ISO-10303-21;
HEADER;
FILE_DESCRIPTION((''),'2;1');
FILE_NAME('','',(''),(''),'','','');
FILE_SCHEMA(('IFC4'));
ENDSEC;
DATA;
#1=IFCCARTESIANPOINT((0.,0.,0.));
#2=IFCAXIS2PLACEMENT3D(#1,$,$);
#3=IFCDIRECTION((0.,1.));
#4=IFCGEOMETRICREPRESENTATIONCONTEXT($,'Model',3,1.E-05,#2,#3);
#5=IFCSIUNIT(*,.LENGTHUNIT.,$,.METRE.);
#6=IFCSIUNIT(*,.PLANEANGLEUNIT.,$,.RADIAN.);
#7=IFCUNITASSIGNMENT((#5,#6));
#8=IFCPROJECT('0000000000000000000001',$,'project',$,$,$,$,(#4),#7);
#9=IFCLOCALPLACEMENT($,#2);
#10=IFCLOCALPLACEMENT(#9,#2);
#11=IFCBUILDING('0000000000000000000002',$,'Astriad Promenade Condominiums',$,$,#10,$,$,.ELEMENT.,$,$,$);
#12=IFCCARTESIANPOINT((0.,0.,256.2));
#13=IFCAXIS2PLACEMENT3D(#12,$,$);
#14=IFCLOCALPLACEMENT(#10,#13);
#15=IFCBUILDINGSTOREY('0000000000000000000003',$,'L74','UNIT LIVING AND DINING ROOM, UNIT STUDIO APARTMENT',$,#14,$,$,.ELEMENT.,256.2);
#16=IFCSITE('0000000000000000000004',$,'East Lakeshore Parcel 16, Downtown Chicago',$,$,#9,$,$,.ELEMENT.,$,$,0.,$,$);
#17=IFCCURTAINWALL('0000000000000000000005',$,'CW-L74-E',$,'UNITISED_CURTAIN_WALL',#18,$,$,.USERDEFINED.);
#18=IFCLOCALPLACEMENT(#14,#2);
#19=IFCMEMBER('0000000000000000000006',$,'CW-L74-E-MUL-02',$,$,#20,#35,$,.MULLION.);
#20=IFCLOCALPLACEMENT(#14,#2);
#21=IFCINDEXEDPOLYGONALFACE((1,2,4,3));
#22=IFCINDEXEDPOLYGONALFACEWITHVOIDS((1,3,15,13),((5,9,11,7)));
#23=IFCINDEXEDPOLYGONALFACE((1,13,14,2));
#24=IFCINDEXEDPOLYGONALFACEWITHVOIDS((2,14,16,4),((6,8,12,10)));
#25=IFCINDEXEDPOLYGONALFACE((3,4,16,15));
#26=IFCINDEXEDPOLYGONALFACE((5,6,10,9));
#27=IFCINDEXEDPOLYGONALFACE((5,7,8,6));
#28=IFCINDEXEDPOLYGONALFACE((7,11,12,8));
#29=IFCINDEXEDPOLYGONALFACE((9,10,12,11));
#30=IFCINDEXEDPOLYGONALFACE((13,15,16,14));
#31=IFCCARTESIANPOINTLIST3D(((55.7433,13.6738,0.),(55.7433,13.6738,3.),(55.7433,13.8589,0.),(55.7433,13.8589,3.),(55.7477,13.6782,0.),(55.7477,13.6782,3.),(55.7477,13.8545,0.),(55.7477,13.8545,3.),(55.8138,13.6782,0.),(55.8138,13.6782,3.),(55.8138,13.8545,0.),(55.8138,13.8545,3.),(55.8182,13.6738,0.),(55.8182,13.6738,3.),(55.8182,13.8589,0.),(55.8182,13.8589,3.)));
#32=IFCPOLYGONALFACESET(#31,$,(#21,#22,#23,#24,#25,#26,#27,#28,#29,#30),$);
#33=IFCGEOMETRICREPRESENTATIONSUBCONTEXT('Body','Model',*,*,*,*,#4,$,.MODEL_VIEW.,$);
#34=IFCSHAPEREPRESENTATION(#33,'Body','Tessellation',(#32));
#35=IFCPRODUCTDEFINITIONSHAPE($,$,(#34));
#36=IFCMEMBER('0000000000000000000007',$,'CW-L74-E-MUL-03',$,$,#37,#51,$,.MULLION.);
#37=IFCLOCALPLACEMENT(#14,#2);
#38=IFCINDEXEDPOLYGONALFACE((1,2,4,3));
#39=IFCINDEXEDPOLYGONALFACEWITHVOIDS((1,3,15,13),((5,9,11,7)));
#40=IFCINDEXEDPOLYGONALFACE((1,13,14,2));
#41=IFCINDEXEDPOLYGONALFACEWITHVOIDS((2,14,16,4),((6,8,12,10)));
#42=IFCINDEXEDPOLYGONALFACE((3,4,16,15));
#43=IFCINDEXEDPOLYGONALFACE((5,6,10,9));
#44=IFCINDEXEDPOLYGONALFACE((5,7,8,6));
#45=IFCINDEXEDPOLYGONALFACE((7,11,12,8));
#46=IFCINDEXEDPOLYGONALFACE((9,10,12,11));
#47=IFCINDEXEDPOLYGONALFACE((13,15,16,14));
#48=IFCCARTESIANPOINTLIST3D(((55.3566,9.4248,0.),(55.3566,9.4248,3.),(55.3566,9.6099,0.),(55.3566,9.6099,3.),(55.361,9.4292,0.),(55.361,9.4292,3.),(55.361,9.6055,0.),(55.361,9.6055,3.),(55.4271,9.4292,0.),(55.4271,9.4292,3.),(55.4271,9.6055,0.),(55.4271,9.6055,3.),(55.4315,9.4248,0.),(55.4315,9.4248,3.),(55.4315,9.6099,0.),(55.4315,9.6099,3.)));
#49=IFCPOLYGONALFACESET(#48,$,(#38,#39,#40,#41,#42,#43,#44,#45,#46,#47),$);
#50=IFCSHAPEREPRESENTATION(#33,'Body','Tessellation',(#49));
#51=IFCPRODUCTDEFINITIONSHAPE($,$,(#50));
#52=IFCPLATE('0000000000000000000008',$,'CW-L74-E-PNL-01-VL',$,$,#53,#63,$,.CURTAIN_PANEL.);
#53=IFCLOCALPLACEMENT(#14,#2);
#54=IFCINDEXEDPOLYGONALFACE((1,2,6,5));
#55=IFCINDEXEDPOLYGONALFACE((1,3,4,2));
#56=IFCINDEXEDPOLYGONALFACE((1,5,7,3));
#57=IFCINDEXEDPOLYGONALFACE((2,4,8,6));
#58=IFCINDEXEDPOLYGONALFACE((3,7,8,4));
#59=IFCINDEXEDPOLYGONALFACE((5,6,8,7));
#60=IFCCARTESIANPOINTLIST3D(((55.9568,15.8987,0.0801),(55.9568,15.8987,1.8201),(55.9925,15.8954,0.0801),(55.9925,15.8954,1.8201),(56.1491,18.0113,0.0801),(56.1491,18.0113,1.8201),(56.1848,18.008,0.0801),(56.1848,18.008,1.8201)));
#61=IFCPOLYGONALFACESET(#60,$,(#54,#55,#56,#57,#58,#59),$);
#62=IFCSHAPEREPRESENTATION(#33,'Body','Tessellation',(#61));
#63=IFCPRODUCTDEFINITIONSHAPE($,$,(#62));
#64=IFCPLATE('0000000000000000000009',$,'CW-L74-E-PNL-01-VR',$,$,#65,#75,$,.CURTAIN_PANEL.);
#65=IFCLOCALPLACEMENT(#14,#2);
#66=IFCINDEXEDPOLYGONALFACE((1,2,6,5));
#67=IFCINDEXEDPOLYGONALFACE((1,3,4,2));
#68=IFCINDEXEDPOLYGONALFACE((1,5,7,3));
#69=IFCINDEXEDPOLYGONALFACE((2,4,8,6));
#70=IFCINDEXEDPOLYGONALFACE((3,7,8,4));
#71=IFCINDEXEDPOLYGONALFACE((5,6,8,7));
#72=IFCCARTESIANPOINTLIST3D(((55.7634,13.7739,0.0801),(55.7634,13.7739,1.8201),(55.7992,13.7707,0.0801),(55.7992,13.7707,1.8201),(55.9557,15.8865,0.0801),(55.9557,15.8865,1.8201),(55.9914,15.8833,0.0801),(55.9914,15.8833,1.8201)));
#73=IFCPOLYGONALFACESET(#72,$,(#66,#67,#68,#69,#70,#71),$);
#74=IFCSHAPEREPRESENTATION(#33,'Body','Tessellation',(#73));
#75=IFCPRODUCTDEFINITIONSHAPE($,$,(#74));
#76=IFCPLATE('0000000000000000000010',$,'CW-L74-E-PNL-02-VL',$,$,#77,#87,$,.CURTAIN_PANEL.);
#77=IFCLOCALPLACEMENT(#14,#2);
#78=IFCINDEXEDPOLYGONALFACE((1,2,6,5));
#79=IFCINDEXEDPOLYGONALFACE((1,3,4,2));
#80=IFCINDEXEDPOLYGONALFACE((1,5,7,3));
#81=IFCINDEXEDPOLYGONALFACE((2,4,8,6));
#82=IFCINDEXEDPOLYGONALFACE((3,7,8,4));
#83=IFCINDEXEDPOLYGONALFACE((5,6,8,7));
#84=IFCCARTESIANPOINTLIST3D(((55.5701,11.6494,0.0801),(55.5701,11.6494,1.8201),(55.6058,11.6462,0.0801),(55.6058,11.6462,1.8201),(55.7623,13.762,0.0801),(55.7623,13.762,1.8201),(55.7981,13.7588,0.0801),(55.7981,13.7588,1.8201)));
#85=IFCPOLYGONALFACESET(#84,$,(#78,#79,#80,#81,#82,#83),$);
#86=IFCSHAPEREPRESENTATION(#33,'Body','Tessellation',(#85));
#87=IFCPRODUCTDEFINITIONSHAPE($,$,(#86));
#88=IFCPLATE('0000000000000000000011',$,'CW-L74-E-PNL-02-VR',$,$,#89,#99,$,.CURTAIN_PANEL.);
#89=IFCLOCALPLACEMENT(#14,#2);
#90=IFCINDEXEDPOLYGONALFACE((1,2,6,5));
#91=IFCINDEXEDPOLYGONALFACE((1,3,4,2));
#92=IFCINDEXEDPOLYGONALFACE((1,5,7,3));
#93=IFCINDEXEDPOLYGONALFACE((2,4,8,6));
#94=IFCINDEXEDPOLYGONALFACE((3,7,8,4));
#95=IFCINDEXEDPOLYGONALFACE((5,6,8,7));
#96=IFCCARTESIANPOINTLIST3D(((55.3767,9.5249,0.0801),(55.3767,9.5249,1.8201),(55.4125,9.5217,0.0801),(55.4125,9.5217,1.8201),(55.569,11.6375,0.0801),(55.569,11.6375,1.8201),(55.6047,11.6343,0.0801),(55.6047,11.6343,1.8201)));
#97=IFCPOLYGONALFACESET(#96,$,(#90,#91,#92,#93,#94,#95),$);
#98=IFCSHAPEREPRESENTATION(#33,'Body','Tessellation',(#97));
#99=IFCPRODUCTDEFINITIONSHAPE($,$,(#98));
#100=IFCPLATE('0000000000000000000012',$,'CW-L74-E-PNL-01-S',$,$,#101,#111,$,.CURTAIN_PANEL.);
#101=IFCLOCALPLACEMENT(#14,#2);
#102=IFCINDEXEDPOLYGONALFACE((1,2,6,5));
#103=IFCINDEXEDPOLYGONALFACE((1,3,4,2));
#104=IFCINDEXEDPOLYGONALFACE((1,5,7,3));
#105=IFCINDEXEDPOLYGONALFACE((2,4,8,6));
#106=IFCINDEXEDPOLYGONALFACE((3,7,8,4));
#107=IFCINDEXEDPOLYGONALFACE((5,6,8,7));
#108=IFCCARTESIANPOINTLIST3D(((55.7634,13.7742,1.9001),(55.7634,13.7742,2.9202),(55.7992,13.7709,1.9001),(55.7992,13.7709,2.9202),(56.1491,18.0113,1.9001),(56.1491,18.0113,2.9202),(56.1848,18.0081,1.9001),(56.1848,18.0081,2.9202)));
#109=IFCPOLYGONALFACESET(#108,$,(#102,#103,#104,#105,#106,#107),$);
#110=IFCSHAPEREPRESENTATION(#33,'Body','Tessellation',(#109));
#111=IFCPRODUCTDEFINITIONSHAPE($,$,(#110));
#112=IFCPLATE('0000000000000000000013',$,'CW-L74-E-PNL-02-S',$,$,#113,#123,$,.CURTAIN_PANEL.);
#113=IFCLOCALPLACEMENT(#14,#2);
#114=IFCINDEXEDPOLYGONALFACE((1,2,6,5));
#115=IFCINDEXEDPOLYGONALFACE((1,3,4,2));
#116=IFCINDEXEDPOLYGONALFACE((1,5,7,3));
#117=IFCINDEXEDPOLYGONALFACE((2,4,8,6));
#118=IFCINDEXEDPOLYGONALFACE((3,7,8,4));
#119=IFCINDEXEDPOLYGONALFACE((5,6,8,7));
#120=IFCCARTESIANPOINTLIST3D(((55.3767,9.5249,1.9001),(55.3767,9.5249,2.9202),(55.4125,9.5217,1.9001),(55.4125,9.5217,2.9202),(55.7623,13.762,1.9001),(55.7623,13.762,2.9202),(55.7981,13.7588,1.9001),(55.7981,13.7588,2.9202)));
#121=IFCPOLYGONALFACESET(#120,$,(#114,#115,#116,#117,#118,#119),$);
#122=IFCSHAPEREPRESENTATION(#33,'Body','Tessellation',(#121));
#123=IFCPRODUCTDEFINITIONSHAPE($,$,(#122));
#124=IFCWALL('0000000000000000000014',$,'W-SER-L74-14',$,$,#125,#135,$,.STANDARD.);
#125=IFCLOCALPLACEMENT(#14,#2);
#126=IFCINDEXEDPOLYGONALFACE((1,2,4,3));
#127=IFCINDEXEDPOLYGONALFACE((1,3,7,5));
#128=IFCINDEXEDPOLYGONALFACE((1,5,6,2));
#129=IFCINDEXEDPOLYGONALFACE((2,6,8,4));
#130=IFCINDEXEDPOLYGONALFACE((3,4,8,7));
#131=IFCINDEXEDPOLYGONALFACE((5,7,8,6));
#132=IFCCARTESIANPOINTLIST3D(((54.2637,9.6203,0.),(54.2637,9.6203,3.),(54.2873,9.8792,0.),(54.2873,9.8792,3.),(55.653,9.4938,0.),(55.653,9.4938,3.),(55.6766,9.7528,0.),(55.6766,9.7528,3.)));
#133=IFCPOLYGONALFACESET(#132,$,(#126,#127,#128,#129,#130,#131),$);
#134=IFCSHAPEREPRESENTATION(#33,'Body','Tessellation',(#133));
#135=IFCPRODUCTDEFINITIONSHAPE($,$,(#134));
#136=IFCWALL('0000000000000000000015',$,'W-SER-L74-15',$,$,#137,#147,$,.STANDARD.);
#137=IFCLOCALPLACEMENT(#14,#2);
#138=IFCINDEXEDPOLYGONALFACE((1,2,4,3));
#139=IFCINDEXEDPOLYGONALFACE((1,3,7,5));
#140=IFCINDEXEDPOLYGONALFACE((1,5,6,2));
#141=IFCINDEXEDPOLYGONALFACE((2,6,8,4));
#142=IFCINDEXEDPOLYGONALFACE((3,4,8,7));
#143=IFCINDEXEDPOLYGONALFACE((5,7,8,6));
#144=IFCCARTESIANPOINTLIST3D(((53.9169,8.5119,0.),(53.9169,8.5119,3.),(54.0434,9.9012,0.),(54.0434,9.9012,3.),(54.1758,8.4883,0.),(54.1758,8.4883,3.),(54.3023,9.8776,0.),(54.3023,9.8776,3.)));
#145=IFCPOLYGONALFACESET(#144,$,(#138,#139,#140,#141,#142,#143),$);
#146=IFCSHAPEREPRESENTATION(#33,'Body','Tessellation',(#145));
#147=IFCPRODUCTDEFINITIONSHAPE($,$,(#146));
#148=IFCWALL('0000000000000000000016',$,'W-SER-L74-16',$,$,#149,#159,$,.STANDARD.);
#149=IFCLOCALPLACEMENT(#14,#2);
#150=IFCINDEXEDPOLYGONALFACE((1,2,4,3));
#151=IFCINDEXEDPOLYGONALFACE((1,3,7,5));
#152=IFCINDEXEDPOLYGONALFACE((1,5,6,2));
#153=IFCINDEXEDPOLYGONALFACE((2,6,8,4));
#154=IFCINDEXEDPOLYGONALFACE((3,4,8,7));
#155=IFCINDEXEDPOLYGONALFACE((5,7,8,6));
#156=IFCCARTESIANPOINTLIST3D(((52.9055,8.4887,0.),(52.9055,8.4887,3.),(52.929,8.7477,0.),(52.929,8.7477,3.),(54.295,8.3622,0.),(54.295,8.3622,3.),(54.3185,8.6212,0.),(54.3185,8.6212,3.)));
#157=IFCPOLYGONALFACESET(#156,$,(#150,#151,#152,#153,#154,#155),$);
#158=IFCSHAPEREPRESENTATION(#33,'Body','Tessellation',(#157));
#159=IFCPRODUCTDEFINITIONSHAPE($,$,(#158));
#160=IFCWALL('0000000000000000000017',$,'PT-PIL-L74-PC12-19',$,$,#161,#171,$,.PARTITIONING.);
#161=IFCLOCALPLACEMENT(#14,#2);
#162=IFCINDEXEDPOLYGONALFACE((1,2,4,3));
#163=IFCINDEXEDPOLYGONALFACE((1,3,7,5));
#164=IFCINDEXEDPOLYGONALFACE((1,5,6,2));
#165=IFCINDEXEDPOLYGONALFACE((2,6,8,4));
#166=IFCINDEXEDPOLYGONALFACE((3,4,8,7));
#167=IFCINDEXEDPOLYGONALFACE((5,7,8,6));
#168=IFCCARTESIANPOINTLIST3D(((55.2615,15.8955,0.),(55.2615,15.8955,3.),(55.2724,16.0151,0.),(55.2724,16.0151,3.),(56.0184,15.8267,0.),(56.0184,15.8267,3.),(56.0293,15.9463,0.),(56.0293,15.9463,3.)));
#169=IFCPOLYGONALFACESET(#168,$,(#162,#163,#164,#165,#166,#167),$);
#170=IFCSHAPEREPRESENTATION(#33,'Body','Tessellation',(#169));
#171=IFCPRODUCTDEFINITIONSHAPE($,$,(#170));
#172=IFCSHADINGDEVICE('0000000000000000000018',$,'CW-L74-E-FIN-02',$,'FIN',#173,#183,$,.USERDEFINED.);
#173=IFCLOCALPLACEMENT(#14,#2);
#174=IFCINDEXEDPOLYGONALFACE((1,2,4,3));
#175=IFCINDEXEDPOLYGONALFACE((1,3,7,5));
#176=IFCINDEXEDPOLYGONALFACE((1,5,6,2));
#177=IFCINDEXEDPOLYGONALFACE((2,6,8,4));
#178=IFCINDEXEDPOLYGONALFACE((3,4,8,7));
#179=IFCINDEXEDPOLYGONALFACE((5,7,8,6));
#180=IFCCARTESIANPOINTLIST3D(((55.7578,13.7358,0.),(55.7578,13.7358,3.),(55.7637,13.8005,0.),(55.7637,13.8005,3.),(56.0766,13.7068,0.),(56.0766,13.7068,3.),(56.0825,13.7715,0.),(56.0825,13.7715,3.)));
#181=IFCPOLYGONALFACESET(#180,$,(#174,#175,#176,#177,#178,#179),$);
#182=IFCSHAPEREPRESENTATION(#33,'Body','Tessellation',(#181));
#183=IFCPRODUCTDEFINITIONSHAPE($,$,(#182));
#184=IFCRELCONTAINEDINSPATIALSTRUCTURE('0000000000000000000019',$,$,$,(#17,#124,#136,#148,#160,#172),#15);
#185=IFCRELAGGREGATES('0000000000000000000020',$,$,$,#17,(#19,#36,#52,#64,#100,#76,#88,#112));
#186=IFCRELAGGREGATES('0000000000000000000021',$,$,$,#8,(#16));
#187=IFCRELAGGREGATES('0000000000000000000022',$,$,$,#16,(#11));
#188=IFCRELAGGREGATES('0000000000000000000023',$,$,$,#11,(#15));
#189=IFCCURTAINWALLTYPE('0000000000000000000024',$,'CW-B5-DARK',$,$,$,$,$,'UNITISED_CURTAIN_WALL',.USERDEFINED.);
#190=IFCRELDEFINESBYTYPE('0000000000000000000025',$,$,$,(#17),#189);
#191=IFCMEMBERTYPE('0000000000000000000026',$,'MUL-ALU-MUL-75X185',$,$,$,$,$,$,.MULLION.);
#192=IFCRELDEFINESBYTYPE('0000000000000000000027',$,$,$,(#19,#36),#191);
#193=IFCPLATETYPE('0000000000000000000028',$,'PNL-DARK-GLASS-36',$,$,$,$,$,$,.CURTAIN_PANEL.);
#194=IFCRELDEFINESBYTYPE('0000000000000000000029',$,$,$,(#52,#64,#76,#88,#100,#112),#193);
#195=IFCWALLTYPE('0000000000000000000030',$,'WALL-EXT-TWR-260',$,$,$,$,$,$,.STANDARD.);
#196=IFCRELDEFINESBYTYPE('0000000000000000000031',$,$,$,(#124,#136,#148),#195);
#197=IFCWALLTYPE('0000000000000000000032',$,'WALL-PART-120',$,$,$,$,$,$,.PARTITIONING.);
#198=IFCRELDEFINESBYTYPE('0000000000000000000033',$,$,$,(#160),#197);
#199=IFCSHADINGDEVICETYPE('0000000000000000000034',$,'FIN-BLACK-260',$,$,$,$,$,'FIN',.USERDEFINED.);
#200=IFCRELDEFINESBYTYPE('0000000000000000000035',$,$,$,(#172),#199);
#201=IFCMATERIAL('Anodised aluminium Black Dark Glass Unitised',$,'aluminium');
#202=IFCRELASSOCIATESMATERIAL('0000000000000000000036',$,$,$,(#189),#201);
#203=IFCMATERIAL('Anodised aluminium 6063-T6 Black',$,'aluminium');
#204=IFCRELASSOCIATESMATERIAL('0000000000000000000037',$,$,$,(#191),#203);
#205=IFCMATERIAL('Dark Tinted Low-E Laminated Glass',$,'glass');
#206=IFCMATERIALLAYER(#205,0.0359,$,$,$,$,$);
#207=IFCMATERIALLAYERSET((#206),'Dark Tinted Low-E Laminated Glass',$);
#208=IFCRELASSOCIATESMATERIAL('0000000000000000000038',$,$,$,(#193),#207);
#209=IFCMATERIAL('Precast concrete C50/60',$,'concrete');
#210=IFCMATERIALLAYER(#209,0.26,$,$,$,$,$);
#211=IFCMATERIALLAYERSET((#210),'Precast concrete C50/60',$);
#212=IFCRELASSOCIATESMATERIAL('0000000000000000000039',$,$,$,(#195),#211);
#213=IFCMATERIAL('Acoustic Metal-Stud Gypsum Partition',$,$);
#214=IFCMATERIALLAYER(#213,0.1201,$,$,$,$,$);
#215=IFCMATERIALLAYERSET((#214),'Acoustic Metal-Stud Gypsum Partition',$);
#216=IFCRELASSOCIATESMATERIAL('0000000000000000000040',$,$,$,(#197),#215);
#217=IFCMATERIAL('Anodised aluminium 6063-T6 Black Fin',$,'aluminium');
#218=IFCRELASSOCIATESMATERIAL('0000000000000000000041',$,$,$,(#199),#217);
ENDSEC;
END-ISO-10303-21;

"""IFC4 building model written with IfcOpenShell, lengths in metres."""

from ifc_helpers import new_model, si_unit, direction, frame, frame_2d, origin, origin_2d, place, context, subcontext, project, spatial, rectangle, hollow_rectangle, extrude, source, transform, mapped, material, layer, layer_set, material_profile, profile_set, type_object, type_shapes, element, aggregate, save


model = new_model("IFC4")

# Units and contexts
model_context = context("Model", 3, precision=1e-05, world=origin(), true_north=direction((0.0, 1.0)))
body_context = subcontext(model_context, "Body", "Model", "MODEL_VIEW")
ifc_project = project(units=[si_unit("LENGTHUNIT", "METRE"), si_unit("PLANEANGLEUNIT", "RADIAN")], contexts=[model_context])

# Site, building, storey
site_placement = place(None, origin())
site = spatial("IfcSite", under=ifc_project, at=site_placement, Name="East Lakeshore Parcel 16, Downtown Chicago", CompositionType="ELEMENT", RefElevation=0.0)
building_placement = place(site_placement, origin())
building = spatial("IfcBuilding", under=site, at=building_placement, Name="Astriad Promenade Condominiums", CompositionType="ELEMENT")
storey_placement = place(building_placement, frame((0.0, 0.0, 256.2)))
storey = spatial("IfcBuildingStorey", under=building, at=storey_placement, Name="L74", Description="UNIT LIVING AND DINING ROOM, UNIT STUDIO APARTMENT", CompositionType="ELEMENT", Elevation=256.2)

# Curtain wall, members, plates
ifc_material_1 = material(Name="Anodised aluminium Black Dark Glass Unitised", Category="aluminium")
curtain_wall_type = type_object("IfcCurtainWallType", Name="CW-B5-DARK", ElementType="UNITISED_CURTAIN_WALL", PredefinedType="USERDEFINED", material=ifc_material_1)
curtain_wall_placement = place(storey_placement, origin())
curtain_wall = element("IfcCurtainWall", 1, at=curtain_wall_placement, inside=storey, type_object=curtain_wall_type, Name="CW-L74-E", ObjectType="UNITISED_CURTAIN_WALL", PredefinedType="USERDEFINED")
ifc_material_2 = material(Name="Anodised aluminium 6063-T6 Black", Category="aluminium")
ifc_material_profile_1 = material_profile(ifc_material_2, hollow_rectangle(XDim=0.075, YDim=0.1851, WallThickness=0.0044, at=origin_2d()), Name="ALU-MUL-75X185")
ifc_profile_set_1 = profile_set([ifc_material_profile_1], Name="Anodised aluminium 6063-T6 Black")
member_type_1 = type_object("IfcMemberType", Name="MUL-ALU-MUL-75X185", PredefinedType="MULLION", material=ifc_profile_set_1)
shared_shape_1 = source(origin(), body_context, "Body", "SweptSolid", [
    extrude(hollow_rectangle(XDim=0.075, YDim=0.1851, WallThickness=0.0044, at=origin_2d()), origin(), (0.0, 0.0, 1.0), 3.0),
])
type_shapes(member_type_1, [shared_shape_1])
member_1_placement = place(storey_placement, frame((55.7808, 13.7664, 0.0), z_axis=(0.0, 0.0, 1.0), x_axis=(1.0, 0.0, 0.0)))
member_1 = element("IfcMember", 2, at=member_1_placement, type_object=member_type_1, Name="CW-L74-E-MUL-02", PredefinedType="MULLION", context=body_context, shape_type="MappedRepresentation", body=[
    mapped(shared_shape_1, transform((0.0, 0.0, 0.0), scale=1.0)),
])
member_2_placement = place(storey_placement, frame((55.394, 9.5173, 0.0), z_axis=(0.0, 0.0, 1.0), x_axis=(1.0, 0.0, 0.0)))
member_2 = element("IfcMember", 3, at=member_2_placement, type_object=member_type_1, Name="CW-L74-E-MUL-03", PredefinedType="MULLION", context=body_context, shape_type="MappedRepresentation", body=[
    mapped(shared_shape_1, transform((0.0, 0.0, 0.0), scale=1.0)),
])
ifc_material_3 = material(Name="Dark Tinted Low-E Laminated Glass", Category="glass")
ifc_layer_1 = layer(ifc_material_3, 0.0359)
ifc_layer_set_1 = layer_set([ifc_layer_1], Name="Dark Tinted Low-E Laminated Glass")
plate_type = type_object("IfcPlateType", Name="PNL-DARK-GLASS-36", PredefinedType="CURTAIN_PANEL", material=ifc_layer_set_1)
shared_shape_2 = source(origin(), body_context, "Body", "SweptSolid", [
    extrude(rectangle(XDim=2.1213, YDim=0.0359, at=origin_2d()), origin(), (0.0, 0.0, 1.0), 1.74),
])
plate_1_placement = place(storey_placement, frame((56.0708, 16.9534, 0.0801), z_axis=(0.0, 0.0, 1.0), x_axis=(-0.090633, -0.995884, 0.0)))
plate_1 = element("IfcPlate", 4, at=plate_1_placement, type_object=plate_type, Name="CW-L74-E-PNL-01-VL", PredefinedType="CURTAIN_PANEL", context=body_context, shape_type="MappedRepresentation", body=[
    mapped(shared_shape_2, transform((0.0, 0.0, 0.0), scale=1.0)),
])
plate_2_placement = place(storey_placement, frame((55.8774, 14.8286, 0.0801), z_axis=(0.0, 0.0, 1.0), x_axis=(-0.090633, -0.995884, 0.0)))
plate_2 = element("IfcPlate", 5, at=plate_2_placement, type_object=plate_type, Name="CW-L74-E-PNL-01-VR", PredefinedType="CURTAIN_PANEL", context=body_context, shape_type="MappedRepresentation", body=[
    mapped(shared_shape_2, transform((0.0, 0.0, 0.0), scale=1.0)),
])
plate_3_placement = place(storey_placement, frame((55.6841, 12.7041, 0.0801), z_axis=(0.0, 0.0, 1.0), x_axis=(-0.090633, -0.995884, 0.0)))
plate_3 = element("IfcPlate", 6, at=plate_3_placement, type_object=plate_type, Name="CW-L74-E-PNL-02-VL", PredefinedType="CURTAIN_PANEL", context=body_context, shape_type="MappedRepresentation", body=[
    mapped(shared_shape_2, transform((0.0, 0.0, 0.0), scale=1.0)),
])
plate_4_placement = place(storey_placement, frame((55.4907, 10.5796, 0.0801), z_axis=(0.0, 0.0, 1.0), x_axis=(-0.090633, -0.995884, 0.0)))
plate_4 = element("IfcPlate", 7, at=plate_4_placement, type_object=plate_type, Name="CW-L74-E-PNL-02-VR", PredefinedType="CURTAIN_PANEL", context=body_context, shape_type="MappedRepresentation", body=[
    mapped(shared_shape_2, transform((0.0, 0.0, 0.0), scale=1.0)),
])
shared_shape_3 = source(origin(), body_context, "Body", "SweptSolid", [
    extrude(rectangle(XDim=4.2546, YDim=0.0359, at=origin_2d()), origin(), (0.0, 0.0, 1.0), 1.02),
])
type_shapes(plate_type, [shared_shape_2, shared_shape_3])
plate_5_placement = place(storey_placement, frame((55.9741, 15.8911, 1.9001), z_axis=(0.0, 0.0, 1.0), x_axis=(-0.090633, -0.995884, 0.0)))
plate_5 = element("IfcPlate", 8, at=plate_5_placement, type_object=plate_type, Name="CW-L74-E-PNL-01-S", PredefinedType="CURTAIN_PANEL", context=body_context, shape_type="MappedRepresentation", body=[
    mapped(shared_shape_3, transform((0.0, 0.0, 0.0), scale=1.0)),
])
plate_6_placement = place(storey_placement, frame((55.5874, 11.6418, 1.9001), z_axis=(0.0, 0.0, 1.0), x_axis=(-0.090633, -0.995884, 0.0)))
plate_6 = element("IfcPlate", 9, at=plate_6_placement, type_object=plate_type, Name="CW-L74-E-PNL-02-S", PredefinedType="CURTAIN_PANEL", context=body_context, shape_type="MappedRepresentation", body=[
    mapped(shared_shape_3, transform((0.0, 0.0, 0.0), scale=1.0)),
])
aggregate(curtain_wall, [member_1, member_2, plate_1, plate_2, plate_5, plate_3, plate_4, plate_6])

# Walls
ifc_material_4 = material(Name="Precast concrete C50/60", Category="concrete")
ifc_layer_2 = layer(ifc_material_4, 0.26)
ifc_layer_set_2 = layer_set([ifc_layer_2], Name="Precast concrete C50/60")
wall_type_1 = type_object("IfcWallType", Name="WALL-EXT-TWR-260", PredefinedType="STANDARD", material=ifc_layer_set_2)
for number, where, z_axis, x_axis, name in (
    (10, (55.6648, 9.6233, 0.0), (0.0, 0.0, 1.0), (-0.995882, 0.090662, 0.0), "W-SER-L74-14"),
    (11, (54.1729, 9.8894, 0.0), (0.0, 0.0, 1.0), (-0.090662, -0.995882, 0.0), "W-SER-L74-15"),
):
    element("IfcWall", number, at=place(storey_placement, frame(where, z_axis=z_axis, x_axis=x_axis)), inside=storey, type_object=wall_type_1, Name=name, PredefinedType="STANDARD", context=body_context, shape_type="SweptSolid", body=[
        extrude(rectangle(XDim=1.395, YDim=0.26, at=frame_2d((0.6975, 0.0))), origin(), (0.0, 0.0, 1.0), 3.0),
    ])
wall_1_placement = place(storey_placement, frame((54.3069, 8.4917, 0.0), z_axis=(0.0, 0.0, 1.0), x_axis=(-0.995883, 0.090646, 0.0)))
element("IfcWall", 12, at=wall_1_placement, inside=storey, type_object=wall_type_1, Name="W-SER-L74-16", PredefinedType="STANDARD", context=body_context, shape_type="SweptSolid", body=[
    extrude(rectangle(XDim=1.3953, YDim=0.26, at=frame_2d((0.6978, 0.0))), origin(), (0.0, 0.0, 1.0), 3.0),
])
ifc_material_5 = material(Name="Acoustic Metal-Stud Gypsum Partition")
ifc_layer_3 = layer(ifc_material_5, 0.1201)
ifc_layer_set_3 = layer_set([ifc_layer_3], Name="Acoustic Metal-Stud Gypsum Partition")
wall_type_2 = type_object("IfcWallType", Name="WALL-PART-120", PredefinedType="PARTITIONING", material=ifc_layer_set_3)
wall_2_placement = place(storey_placement, frame((55.2671, 15.9553, 0.0), z_axis=(0.0, 0.0, 1.0), x_axis=(0.995888, -0.090594, 0.0)))
element("IfcWall", 13, at=wall_2_placement, inside=storey, type_object=wall_type_2, Name="PT-PIL-L74-PC12-19", PredefinedType="PARTITIONING", context=body_context, shape_type="SweptSolid", body=[
    extrude(rectangle(XDim=0.76, YDim=0.1201, at=frame_2d((0.3799, 0.0))), origin(), (0.0, 0.0, 1.0), 3.0),
])

# Shading device
ifc_material_6 = material(Name="Anodised aluminium 6063-T6 Black Fin", Category="aluminium")
shading_device_type = type_object("IfcShadingDeviceType", Name="FIN-BLACK-260", ElementType="FIN", PredefinedType="USERDEFINED", material=ifc_material_6)
shared_shape_4 = source(origin(), body_context, "Body", "SweptSolid", [
    extrude(rectangle(XDim=0.0649, YDim=0.3201, at=origin_2d()), origin(), (0.0, 0.0, 1.0), 3.0),
])
type_shapes(shading_device_type, [shared_shape_4])
shading_device_placement = place(storey_placement, frame((55.9202, 13.7537, 0.0), z_axis=(0.0, 0.0, 1.0), x_axis=(-0.090633, -0.995884, 0.0)))
element("IfcShadingDevice", 14, at=shading_device_placement, inside=storey, type_object=shading_device_type, Name="CW-L74-E-FIN-02", ObjectType="FIN", PredefinedType="USERDEFINED", context=body_context, shape_type="MappedRepresentation", body=[
    mapped(shared_shape_4, transform((0.0, 0.0, 0.0), scale=1.0)),
])

save(model, "model.ifc")
